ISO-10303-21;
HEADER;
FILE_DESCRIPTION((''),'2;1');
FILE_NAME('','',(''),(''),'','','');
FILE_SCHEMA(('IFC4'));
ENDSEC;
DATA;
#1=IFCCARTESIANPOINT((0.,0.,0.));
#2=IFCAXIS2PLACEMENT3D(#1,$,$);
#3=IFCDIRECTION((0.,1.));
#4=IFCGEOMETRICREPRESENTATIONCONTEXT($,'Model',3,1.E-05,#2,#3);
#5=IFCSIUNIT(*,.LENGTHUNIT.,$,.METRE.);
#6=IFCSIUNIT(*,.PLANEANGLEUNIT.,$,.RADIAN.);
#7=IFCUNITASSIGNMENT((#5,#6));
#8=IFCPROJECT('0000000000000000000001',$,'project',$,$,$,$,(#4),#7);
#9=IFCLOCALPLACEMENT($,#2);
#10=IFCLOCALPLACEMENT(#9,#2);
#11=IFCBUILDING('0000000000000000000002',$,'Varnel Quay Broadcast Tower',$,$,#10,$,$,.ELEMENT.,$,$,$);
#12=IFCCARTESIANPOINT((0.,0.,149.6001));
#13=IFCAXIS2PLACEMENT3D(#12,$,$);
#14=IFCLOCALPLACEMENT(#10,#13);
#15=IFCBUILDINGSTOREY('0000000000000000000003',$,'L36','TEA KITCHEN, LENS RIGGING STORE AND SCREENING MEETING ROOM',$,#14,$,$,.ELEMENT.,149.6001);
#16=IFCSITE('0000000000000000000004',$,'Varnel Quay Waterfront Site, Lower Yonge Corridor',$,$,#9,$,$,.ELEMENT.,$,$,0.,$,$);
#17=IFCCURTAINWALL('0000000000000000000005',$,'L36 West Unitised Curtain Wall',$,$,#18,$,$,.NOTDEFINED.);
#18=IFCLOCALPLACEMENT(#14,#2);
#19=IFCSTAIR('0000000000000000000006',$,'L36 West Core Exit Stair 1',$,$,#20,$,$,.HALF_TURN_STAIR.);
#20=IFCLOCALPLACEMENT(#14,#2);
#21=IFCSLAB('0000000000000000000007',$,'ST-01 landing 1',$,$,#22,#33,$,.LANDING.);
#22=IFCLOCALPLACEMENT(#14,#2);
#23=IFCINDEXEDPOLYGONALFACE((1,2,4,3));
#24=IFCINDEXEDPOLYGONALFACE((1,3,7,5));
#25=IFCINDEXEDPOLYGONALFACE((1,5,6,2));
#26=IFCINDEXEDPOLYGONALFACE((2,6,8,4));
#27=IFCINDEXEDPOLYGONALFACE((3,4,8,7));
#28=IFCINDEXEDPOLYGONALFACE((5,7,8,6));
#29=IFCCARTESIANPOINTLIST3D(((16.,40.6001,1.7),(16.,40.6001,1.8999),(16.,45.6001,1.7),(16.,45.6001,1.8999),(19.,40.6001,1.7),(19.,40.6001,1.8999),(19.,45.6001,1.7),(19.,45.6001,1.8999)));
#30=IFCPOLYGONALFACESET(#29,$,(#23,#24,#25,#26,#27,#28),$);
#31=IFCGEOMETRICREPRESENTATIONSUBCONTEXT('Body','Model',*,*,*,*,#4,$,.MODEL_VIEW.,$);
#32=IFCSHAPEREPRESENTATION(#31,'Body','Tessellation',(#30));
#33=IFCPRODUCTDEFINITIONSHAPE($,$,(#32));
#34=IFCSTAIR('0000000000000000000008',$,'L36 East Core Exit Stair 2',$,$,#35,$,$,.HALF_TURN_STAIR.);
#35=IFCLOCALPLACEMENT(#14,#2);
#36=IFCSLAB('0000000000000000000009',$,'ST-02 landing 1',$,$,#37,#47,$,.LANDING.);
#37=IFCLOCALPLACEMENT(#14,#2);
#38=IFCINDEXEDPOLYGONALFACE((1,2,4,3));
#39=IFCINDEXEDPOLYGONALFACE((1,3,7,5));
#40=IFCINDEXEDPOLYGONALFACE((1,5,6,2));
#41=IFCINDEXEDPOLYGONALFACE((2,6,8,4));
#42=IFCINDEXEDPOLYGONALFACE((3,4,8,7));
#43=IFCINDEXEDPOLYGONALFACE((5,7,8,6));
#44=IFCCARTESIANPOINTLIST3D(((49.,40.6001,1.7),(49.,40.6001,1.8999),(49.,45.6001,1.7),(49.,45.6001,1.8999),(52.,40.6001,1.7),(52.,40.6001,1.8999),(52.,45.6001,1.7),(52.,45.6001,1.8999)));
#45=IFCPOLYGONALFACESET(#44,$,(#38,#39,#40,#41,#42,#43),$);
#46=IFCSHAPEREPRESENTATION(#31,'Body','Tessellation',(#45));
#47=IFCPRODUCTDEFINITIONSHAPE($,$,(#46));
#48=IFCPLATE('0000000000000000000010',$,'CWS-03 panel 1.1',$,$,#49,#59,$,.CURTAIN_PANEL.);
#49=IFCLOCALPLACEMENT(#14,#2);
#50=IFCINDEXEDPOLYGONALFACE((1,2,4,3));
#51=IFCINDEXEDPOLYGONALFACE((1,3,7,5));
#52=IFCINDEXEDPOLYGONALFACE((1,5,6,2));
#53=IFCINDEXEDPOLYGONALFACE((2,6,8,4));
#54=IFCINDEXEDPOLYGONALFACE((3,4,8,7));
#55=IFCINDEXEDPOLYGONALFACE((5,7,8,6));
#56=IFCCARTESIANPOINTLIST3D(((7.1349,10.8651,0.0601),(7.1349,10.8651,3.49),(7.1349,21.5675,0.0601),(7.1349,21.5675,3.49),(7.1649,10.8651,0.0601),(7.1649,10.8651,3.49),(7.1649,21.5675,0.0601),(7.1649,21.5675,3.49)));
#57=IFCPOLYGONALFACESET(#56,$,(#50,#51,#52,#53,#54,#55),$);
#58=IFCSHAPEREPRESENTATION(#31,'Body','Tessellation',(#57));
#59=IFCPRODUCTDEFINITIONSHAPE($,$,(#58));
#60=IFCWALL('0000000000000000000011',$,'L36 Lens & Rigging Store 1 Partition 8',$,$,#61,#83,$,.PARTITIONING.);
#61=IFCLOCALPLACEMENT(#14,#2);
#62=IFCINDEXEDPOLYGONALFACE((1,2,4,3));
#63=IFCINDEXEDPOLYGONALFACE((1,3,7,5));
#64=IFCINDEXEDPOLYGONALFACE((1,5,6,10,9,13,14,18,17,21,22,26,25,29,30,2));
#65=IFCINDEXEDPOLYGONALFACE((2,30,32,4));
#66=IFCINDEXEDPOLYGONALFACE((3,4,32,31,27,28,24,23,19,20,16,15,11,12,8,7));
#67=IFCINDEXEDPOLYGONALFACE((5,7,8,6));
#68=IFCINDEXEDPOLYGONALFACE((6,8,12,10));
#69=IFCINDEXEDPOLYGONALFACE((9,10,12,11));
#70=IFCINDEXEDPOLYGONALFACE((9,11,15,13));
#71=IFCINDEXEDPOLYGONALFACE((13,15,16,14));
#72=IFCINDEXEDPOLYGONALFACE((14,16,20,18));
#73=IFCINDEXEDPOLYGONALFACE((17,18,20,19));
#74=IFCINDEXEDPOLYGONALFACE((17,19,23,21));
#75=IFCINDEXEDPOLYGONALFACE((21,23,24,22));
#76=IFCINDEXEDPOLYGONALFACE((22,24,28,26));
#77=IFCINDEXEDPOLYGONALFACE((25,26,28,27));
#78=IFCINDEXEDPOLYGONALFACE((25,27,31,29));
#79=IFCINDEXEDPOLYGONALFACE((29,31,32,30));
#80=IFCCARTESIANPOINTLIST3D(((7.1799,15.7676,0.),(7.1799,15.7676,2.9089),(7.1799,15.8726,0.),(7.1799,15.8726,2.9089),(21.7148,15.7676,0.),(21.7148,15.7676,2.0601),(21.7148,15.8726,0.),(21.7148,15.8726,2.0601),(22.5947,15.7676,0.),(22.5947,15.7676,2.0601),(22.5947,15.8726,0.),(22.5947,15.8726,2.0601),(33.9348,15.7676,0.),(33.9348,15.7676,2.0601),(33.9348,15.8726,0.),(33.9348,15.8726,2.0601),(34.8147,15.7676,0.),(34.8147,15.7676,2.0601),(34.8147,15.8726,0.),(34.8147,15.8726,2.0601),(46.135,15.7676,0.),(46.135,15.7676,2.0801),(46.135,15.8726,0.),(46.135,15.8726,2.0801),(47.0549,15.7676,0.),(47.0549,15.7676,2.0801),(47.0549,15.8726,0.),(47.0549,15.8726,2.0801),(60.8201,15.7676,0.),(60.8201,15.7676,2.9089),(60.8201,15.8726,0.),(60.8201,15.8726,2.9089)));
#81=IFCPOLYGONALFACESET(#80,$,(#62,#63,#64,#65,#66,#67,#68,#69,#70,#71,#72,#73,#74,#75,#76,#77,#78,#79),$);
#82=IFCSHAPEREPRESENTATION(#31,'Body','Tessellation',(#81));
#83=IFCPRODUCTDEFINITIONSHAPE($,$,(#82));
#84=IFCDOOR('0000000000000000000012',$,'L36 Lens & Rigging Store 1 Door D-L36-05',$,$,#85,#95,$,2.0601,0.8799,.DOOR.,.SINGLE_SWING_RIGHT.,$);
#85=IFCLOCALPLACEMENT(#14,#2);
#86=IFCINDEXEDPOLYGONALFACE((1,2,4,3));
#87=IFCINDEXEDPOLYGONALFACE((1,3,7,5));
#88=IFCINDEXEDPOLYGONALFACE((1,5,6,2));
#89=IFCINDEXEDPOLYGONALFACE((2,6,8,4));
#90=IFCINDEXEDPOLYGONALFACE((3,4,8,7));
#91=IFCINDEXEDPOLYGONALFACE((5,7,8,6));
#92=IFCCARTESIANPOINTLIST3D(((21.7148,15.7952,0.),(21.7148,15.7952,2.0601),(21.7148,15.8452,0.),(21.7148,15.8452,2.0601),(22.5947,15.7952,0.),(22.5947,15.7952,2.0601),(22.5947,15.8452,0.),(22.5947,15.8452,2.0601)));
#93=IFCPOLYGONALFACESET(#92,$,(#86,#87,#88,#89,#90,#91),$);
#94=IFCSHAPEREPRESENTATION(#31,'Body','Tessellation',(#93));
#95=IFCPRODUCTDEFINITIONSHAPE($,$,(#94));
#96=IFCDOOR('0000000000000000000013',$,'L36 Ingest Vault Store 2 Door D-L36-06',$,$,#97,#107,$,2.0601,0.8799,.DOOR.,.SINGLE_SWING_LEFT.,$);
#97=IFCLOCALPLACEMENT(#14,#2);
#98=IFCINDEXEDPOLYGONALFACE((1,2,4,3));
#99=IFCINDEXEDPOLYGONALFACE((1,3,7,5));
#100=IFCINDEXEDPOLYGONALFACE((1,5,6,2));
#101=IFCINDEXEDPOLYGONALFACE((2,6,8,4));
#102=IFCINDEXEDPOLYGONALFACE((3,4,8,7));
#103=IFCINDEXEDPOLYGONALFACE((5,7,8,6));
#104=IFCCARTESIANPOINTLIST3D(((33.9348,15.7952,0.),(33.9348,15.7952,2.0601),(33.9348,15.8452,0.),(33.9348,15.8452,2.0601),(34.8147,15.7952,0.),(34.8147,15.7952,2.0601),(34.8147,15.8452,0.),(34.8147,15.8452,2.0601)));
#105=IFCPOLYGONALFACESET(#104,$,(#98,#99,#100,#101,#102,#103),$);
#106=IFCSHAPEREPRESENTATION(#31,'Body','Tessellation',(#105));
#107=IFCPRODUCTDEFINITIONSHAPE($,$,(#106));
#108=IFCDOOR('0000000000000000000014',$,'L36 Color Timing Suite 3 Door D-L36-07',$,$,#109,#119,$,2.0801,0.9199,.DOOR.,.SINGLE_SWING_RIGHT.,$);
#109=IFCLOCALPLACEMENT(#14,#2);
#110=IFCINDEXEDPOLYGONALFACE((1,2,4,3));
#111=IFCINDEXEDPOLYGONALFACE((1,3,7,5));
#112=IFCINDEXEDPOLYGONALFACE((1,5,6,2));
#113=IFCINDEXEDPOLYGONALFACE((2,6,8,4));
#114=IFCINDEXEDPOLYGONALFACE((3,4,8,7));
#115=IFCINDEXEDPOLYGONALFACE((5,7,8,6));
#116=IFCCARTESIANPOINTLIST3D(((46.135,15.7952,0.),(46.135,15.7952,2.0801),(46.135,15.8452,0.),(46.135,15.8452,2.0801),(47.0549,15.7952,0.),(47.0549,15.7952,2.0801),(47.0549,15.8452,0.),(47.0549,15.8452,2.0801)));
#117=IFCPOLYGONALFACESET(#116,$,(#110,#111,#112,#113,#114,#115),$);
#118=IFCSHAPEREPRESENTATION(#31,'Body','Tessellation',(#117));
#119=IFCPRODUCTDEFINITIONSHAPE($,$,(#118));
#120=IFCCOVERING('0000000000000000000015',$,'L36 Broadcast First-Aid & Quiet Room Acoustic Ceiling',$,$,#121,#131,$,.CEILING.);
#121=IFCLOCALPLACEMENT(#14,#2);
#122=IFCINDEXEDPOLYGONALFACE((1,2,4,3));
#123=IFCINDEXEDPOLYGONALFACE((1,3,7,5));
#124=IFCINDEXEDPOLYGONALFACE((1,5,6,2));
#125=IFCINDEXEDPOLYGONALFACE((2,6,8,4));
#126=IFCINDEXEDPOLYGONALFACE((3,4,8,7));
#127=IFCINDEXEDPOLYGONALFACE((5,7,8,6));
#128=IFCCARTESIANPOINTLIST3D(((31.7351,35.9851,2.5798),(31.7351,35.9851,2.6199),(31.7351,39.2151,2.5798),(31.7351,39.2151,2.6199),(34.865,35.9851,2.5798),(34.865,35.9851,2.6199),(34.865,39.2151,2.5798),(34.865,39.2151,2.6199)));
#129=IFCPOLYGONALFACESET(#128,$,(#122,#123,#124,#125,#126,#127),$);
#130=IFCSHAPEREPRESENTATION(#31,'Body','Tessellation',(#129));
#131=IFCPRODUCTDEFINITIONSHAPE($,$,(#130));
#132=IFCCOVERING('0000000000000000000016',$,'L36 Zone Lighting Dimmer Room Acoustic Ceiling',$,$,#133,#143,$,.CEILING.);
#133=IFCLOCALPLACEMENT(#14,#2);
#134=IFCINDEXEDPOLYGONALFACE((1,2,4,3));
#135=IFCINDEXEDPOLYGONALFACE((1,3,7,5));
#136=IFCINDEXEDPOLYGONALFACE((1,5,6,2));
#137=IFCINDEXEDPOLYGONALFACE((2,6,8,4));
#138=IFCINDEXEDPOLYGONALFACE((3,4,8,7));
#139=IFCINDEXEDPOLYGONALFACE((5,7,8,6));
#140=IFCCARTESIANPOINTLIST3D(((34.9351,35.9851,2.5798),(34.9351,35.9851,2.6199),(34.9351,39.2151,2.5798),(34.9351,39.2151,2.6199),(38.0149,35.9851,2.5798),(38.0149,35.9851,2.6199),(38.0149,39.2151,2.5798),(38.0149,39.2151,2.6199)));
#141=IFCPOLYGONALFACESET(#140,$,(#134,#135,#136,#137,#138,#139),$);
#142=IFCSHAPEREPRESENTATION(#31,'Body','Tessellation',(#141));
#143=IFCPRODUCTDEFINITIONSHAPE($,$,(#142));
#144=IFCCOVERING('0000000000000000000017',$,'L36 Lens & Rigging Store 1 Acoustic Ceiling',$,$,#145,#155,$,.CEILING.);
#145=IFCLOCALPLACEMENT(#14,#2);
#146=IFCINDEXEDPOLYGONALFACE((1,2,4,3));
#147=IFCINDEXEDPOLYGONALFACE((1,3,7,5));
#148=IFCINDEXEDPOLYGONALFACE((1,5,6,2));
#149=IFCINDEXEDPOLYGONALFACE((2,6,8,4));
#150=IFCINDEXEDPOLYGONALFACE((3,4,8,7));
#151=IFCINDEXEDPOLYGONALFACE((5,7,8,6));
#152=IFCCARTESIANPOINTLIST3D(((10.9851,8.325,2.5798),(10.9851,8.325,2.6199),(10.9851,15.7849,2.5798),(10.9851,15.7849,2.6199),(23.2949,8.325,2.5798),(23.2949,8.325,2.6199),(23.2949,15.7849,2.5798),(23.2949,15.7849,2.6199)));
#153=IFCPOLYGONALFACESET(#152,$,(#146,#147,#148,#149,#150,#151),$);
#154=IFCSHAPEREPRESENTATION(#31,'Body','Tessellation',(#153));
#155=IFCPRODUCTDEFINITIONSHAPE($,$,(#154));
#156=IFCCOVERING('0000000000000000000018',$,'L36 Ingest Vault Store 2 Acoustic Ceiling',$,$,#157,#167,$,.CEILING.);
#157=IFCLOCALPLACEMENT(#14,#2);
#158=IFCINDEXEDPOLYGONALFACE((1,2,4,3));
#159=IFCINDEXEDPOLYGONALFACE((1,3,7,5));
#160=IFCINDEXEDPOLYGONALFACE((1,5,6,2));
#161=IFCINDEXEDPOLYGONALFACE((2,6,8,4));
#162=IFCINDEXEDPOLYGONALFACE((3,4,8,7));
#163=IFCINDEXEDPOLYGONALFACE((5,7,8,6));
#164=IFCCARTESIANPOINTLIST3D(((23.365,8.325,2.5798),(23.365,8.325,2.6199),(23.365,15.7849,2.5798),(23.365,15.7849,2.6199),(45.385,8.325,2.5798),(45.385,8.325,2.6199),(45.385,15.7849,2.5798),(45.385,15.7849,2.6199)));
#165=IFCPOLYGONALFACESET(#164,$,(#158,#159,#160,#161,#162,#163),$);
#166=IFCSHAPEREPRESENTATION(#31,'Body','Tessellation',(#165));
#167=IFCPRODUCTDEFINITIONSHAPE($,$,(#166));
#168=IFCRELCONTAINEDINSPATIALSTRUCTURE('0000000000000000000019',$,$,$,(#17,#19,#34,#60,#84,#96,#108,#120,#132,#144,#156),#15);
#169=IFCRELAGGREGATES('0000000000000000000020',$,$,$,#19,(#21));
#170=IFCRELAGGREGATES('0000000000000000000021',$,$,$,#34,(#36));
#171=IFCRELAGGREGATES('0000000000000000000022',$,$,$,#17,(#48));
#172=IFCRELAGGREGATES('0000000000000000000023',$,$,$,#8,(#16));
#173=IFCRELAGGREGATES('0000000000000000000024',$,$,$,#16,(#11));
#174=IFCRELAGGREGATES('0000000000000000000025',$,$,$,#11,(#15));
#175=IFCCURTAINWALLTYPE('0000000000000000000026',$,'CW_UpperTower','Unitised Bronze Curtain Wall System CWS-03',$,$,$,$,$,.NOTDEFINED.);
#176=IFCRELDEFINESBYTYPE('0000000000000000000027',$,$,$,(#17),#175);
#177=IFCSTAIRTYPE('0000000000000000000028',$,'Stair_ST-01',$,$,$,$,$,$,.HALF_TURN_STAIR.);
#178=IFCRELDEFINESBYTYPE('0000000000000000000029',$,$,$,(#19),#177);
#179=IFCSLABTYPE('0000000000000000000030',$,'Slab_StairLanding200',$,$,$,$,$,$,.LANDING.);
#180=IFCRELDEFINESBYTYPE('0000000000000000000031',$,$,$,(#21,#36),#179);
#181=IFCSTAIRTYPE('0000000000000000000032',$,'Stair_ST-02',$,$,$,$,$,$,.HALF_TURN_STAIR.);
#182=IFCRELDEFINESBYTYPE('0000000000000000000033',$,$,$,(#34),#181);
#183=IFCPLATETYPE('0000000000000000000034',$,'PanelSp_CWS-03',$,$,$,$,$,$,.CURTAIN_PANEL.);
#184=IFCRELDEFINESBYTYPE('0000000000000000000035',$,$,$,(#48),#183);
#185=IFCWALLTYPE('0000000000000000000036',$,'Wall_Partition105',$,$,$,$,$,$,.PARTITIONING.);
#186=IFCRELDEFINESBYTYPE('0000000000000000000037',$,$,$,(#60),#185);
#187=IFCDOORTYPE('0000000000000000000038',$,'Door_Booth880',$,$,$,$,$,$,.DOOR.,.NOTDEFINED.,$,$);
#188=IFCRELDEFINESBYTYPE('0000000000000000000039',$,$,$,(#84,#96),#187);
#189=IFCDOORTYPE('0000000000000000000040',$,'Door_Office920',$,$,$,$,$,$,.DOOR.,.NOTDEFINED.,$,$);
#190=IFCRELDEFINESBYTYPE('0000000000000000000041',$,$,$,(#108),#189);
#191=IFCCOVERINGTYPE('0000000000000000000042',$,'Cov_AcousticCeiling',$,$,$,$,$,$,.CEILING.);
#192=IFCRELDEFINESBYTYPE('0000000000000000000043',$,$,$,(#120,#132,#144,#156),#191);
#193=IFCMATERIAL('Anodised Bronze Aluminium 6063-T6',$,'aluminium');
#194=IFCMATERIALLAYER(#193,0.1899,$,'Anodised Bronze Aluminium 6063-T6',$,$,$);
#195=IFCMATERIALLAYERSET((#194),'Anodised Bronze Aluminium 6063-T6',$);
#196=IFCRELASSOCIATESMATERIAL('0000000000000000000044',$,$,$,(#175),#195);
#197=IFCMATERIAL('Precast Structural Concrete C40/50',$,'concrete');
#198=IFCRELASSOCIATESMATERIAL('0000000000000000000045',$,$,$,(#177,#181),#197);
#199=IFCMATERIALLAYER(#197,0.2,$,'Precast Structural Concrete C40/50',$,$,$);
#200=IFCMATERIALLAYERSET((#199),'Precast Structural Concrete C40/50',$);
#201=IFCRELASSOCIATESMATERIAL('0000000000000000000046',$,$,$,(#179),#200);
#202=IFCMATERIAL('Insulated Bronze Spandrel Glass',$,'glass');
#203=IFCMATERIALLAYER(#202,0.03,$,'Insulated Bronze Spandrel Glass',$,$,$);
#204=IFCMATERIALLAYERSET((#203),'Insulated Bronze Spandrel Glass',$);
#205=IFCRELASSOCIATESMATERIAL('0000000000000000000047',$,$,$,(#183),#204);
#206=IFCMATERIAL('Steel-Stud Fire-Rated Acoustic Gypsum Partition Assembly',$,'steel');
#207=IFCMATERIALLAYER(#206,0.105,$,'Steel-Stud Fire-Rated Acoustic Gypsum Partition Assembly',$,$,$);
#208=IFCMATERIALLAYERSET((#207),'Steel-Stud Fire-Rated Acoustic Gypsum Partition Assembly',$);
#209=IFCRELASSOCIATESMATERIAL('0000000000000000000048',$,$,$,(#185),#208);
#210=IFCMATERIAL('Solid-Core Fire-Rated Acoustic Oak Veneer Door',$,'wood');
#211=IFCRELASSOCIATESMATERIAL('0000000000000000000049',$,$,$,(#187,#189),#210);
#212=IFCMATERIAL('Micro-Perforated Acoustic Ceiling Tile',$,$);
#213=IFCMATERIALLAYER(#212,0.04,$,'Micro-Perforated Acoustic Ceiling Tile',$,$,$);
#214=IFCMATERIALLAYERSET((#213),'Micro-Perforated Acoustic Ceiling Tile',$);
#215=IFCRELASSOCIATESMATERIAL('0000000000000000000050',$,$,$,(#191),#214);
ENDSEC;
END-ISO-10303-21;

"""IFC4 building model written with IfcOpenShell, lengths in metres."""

from ifc_helpers import new_model, si_unit, direction, frame, frame_2d, origin, origin_2d, place, context, subcontext, project, spatial, polyline, rectangle, outline, extrude, source, transform, mapped, material, layer, layer_set, type_object, type_shapes, element, fill, aggregate, save


model = new_model("IFC4")

# Units and contexts
model_context = context("Model", 3, precision=1e-05, world=origin(), true_north=direction((0.0, 1.0)))
body_context = subcontext(model_context, "Body", "Model", "MODEL_VIEW")
ifc_project = project(units=[si_unit("LENGTHUNIT", "METRE"), si_unit("PLANEANGLEUNIT", "RADIAN")], contexts=[model_context])

# Site, building, storey
site_placement = place(None, origin())
site = spatial("IfcSite", under=ifc_project, at=site_placement, Name="Varnel Quay Waterfront Site, Lower Yonge Corridor", CompositionType="ELEMENT", RefElevation=0.0)
building_placement = place(site_placement, origin())
building = spatial("IfcBuilding", under=site, at=building_placement, Name="Varnel Quay Broadcast Tower", CompositionType="ELEMENT")
storey_placement = place(building_placement, frame((0.0, 0.0, 149.6001)))
storey = spatial("IfcBuildingStorey", under=building, at=storey_placement, Name="L36", Description="TEA KITCHEN, LENS RIGGING STORE AND SCREENING MEETING ROOM", CompositionType="ELEMENT", Elevation=149.6001)

# Curtain wall
ifc_material_1 = material(Name="Anodised Bronze Aluminium 6063-T6", Category="aluminium")
ifc_layer_1 = layer(ifc_material_1, 0.1899, Name="Anodised Bronze Aluminium 6063-T6")
ifc_layer_set_1 = layer_set([ifc_layer_1], Name="Anodised Bronze Aluminium 6063-T6")
curtain_wall_type_1 = type_object("IfcCurtainWallType", Name="CW_UpperTower", Description="Unitised Bronze Curtain Wall System CWS-03", PredefinedType="NOTDEFINED", material=ifc_layer_set_1)
curtain_wall_1_placement = place(storey_placement, origin())
curtain_wall_1 = element("IfcCurtainWall", 1, at=curtain_wall_1_placement, inside=storey, type_object=curtain_wall_type_1, Name="L36 West Unitised Curtain Wall", PredefinedType="NOTDEFINED")

# Stairs, slabs
ifc_material_2 = material(Name="Precast Structural Concrete C40/50", Category="concrete")
stair_type_1 = type_object("IfcStairType", Name="Stair_ST-01", PredefinedType="HALF_TURN_STAIR", material=ifc_material_2)
stair_1_placement = place(storey_placement, origin())
stair_1 = element("IfcStair", 2, at=stair_1_placement, inside=storey, type_object=stair_type_1, Name="L36 West Core Exit Stair 1", PredefinedType="HALF_TURN_STAIR")
ifc_layer_2 = layer(ifc_material_2, 0.2, Name="Precast Structural Concrete C40/50")
ifc_layer_set_2 = layer_set([ifc_layer_2], Name="Precast Structural Concrete C40/50")
slab_type_1 = type_object("IfcSlabType", Name="Slab_StairLanding200", PredefinedType="LANDING", material=ifc_layer_set_2)
slab_1_placement = place(storey_placement, frame((0.0, 0.0, 1.7)))
slab_1 = element("IfcSlab", 3, at=slab_1_placement, type_object=slab_type_1, Name="ST-01 landing 1", PredefinedType="LANDING", context=body_context, shape_type="SweptSolid", body=[
    extrude(outline(polyline([(19.0, 40.6001), (19.0, 45.6001), (16.0, 45.6001), (16.0, 40.6001), (19.0, 40.6001)])), origin(), (0.0, 0.0, 1.0), 0.2),
])
aggregate(stair_1, [slab_1])
stair_type_2 = type_object("IfcStairType", Name="Stair_ST-02", PredefinedType="HALF_TURN_STAIR", material=ifc_material_2)
stair_2_placement = place(storey_placement, origin())
stair_2 = element("IfcStair", 4, at=stair_2_placement, inside=storey, type_object=stair_type_2, Name="L36 East Core Exit Stair 2", PredefinedType="HALF_TURN_STAIR")
slab_2_placement = place(storey_placement, frame((0.0, 0.0, 1.7)))
slab_2 = element("IfcSlab", 5, at=slab_2_placement, type_object=slab_type_1, Name="ST-02 landing 1", PredefinedType="LANDING", context=body_context, shape_type="SweptSolid", body=[
    extrude(outline(polyline([(52.0, 40.6001), (52.0, 45.6001), (49.0, 45.6001), (49.0, 40.6001), (52.0, 40.6001)])), origin(), (0.0, 0.0, 1.0), 0.2),
])
aggregate(stair_2, [slab_2])

# Plate
ifc_material_3 = material(Name="Insulated Bronze Spandrel Glass", Category="glass")
ifc_layer_3 = layer(ifc_material_3, 0.03, Name="Insulated Bronze Spandrel Glass")
ifc_layer_set_3 = layer_set([ifc_layer_3], Name="Insulated Bronze Spandrel Glass")
plate_type = type_object("IfcPlateType", Name="PanelSp_CWS-03", PredefinedType="CURTAIN_PANEL", material=ifc_layer_set_3)
shared_shape_1 = source(origin(), body_context, "Body", "SweptSolid", [
    extrude(rectangle(XDim=10.7024, YDim=0.03, at=origin_2d()), origin(), (0.0, 0.0, 1.0), 3.4299),
])
type_shapes(plate_type, [shared_shape_1])
plate_placement = place(storey_placement, frame((7.1499, 16.2163, 0.0601), z_axis=(0.0, 0.0, 1.0), x_axis=(0.0, 1.0, 0.0)))
plate = element("IfcPlate", 6, at=plate_placement, type_object=plate_type, Name="CWS-03 panel 1.1", PredefinedType="CURTAIN_PANEL", context=body_context, shape_type="MappedRepresentation", body=[
    mapped(shared_shape_1, transform((0.0, 0.0, 0.0), x_axis=(1.0, 0.0, 0.0), y_axis=(0.0, 1.0, 0.0), z_axis=(0.0, 0.0, 1.0), scale=1.0)),
])
aggregate(curtain_wall_1, [plate])

# Wall, openings, doors
ifc_material_4 = material(Name="Steel-Stud Fire-Rated Acoustic Gypsum Partition Assembly", Category="steel")
ifc_layer_4 = layer(ifc_material_4, 0.105, Name="Steel-Stud Fire-Rated Acoustic Gypsum Partition Assembly")
ifc_layer_set_4 = layer_set([ifc_layer_4], Name="Steel-Stud Fire-Rated Acoustic Gypsum Partition Assembly")
wall_type = type_object("IfcWallType", Name="Wall_Partition105", PredefinedType="PARTITIONING", material=ifc_layer_set_4)
wall_placement = place(storey_placement, frame((7.1799, 15.8201, 0.0), z_axis=(0.0, 0.0, 1.0), x_axis=(1.0, 0.0, 0.0)))
wall = element("IfcWall", 7, at=wall_placement, inside=storey, type_object=wall_type, Name="L36 Lens & Rigging Store 1 Partition 8", PredefinedType="PARTITIONING", context=body_context, shape_type="SweptSolid", body=[
    extrude(rectangle(XDim=53.6401, YDim=0.105, at=frame_2d((26.8201, 0.0))), origin(), (0.0, 0.0, 1.0), 2.9089),
])
opening_1_placement = place(wall_placement, frame((14.5349, 0.0, 0.0)))
opening_1 = element("IfcOpeningElement", 8, at=opening_1_placement, cuts=wall, PredefinedType="OPENING", context=body_context, shape_type="SweptSolid", body=[
    extrude(rectangle(XDim=0.8799, YDim=2.0601, at=frame_2d((0.4399, 1.03))), frame((0.0, 0.0625, 0.0), z_axis=(0.0, -1.0, 0.0), x_axis=(1.0, 0.0, 0.0)), (0.0, 0.0, 1.0), 0.125),
])
opening_2_placement = place(wall_placement, frame((26.7549, 0.0, 0.0)))
opening_2 = element("IfcOpeningElement", 9, at=opening_2_placement, cuts=wall, PredefinedType="OPENING", context=body_context, shape_type="SweptSolid", body=[
    extrude(rectangle(XDim=0.8799, YDim=2.0601, at=frame_2d((0.4399, 1.03))), frame((0.0, 0.0625, 0.0), z_axis=(0.0, -1.0, 0.0), x_axis=(1.0, 0.0, 0.0)), (0.0, 0.0, 1.0), 0.125),
])
opening_3_placement = place(wall_placement, frame((38.9551, 0.0, 0.0)))
opening_3 = element("IfcOpeningElement", 10, at=opening_3_placement, cuts=wall, PredefinedType="OPENING", context=body_context, shape_type="SweptSolid", body=[
    extrude(rectangle(XDim=0.9199, YDim=2.0801, at=frame_2d((0.46, 1.04))), frame((0.0, 0.0625, 0.0), z_axis=(0.0, -1.0, 0.0), x_axis=(1.0, 0.0, 0.0)), (0.0, 0.0, 1.0), 0.125),
])
ifc_material_5 = material(Name="Solid-Core Fire-Rated Acoustic Oak Veneer Door", Category="wood")
door_type_1 = type_object("IfcDoorType", Name="Door_Booth880", OperationType="NOTDEFINED", PredefinedType="DOOR", material=ifc_material_5)
shared_shape_2 = source(origin(), body_context, "Body", "SweptSolid", [
    extrude(rectangle(XDim=0.8799, YDim=2.0601, at=frame_2d((0.4399, 1.03))), frame((0.0, 0.0249, 0.0), z_axis=(0.0, -1.0, 0.0), x_axis=(1.0, 0.0, 0.0)), (0.0, 0.0, 1.0), 0.05),
])
type_shapes(door_type_1, [shared_shape_2])
door_1_placement = place(opening_1_placement, frame((0.8799, 0.0, 0.0), z_axis=(0.0, 0.0, 1.0), x_axis=(-1.0, 0.0, 0.0)))
door_1 = element("IfcDoor", 11, at=door_1_placement, inside=storey, type_object=door_type_1, Name="L36 Lens & Rigging Store 1 Door D-L36-05", OperationType="SINGLE_SWING_RIGHT", OverallHeight=2.0601, OverallWidth=0.8799, PredefinedType="DOOR", context=body_context, shape_type="MappedRepresentation", body=[
    mapped(shared_shape_2, transform((0.0, 0.0, 0.0), x_axis=(1.0, 0.0, 0.0), y_axis=(0.0, 1.0, 0.0), z_axis=(0.0, 0.0, 1.0), scale=1.0)),
])
fill(opening_1, door_1)
door_2_placement = place(opening_2_placement, frame((0.8799, 0.0, 0.0), z_axis=(0.0, 0.0, 1.0), x_axis=(-1.0, 0.0, 0.0)))
door_2 = element("IfcDoor", 12, at=door_2_placement, inside=storey, type_object=door_type_1, Name="L36 Ingest Vault Store 2 Door D-L36-06", OperationType="SINGLE_SWING_LEFT", OverallHeight=2.0601, OverallWidth=0.8799, PredefinedType="DOOR", context=body_context, shape_type="MappedRepresentation", body=[
    mapped(shared_shape_2, transform((0.0, 0.0, 0.0), x_axis=(1.0, 0.0, 0.0), y_axis=(0.0, 1.0, 0.0), z_axis=(0.0, 0.0, 1.0), scale=1.0)),
])
fill(opening_2, door_2)
door_type_2 = type_object("IfcDoorType", Name="Door_Office920", OperationType="NOTDEFINED", PredefinedType="DOOR", material=ifc_material_5)
shared_shape_3 = source(origin(), body_context, "Body", "SweptSolid", [
    extrude(rectangle(XDim=0.9199, YDim=2.0801, at=frame_2d((0.46, 1.04))), frame((0.0, 0.0249, 0.0), z_axis=(0.0, -1.0, 0.0), x_axis=(1.0, 0.0, 0.0)), (0.0, 0.0, 1.0), 0.05),
])
type_shapes(door_type_2, [shared_shape_3])
door_3_placement = place(opening_3_placement, frame((0.9199, 0.0, 0.0), z_axis=(0.0, 0.0, 1.0), x_axis=(-1.0, 0.0, 0.0)))
door_3 = element("IfcDoor", 13, at=door_3_placement, inside=storey, type_object=door_type_2, Name="L36 Color Timing Suite 3 Door D-L36-07", OperationType="SINGLE_SWING_RIGHT", OverallHeight=2.0801, OverallWidth=0.9199, PredefinedType="DOOR", context=body_context, shape_type="MappedRepresentation", body=[
    mapped(shared_shape_3, transform((0.0, 0.0, 0.0), x_axis=(1.0, 0.0, 0.0), y_axis=(0.0, 1.0, 0.0), z_axis=(0.0, 0.0, 1.0), scale=1.0)),
])
fill(opening_3, door_3)

# Coverings
ifc_material_6 = material(Name="Micro-Perforated Acoustic Ceiling Tile")
ifc_layer_5 = layer(ifc_material_6, 0.04, Name="Micro-Perforated Acoustic Ceiling Tile")
ifc_layer_set_5 = layer_set([ifc_layer_5], Name="Micro-Perforated Acoustic Ceiling Tile")
covering_type_1 = type_object("IfcCoveringType", Name="Cov_AcousticCeiling", PredefinedType="CEILING", material=ifc_layer_set_5)
covering_1_placement = place(storey_placement, frame((0.0, 0.0, 2.5798)))
element("IfcCovering", 14, at=covering_1_placement, inside=storey, type_object=covering_type_1, Name="L36 Broadcast First-Aid & Quiet Room Acoustic Ceiling", PredefinedType="CEILING", context=body_context, shape_type="SweptSolid", body=[
    extrude(outline(polyline([(31.7351, 35.9851), (34.865, 35.9851), (34.865, 39.2151), (31.7351, 39.2151), (31.7351, 35.9851)])), origin(), (0.0, 0.0, 1.0), 0.04),
])
covering_2_placement = place(storey_placement, frame((0.0, 0.0, 2.5798)))
element("IfcCovering", 15, at=covering_2_placement, inside=storey, type_object=covering_type_1, Name="L36 Zone Lighting Dimmer Room Acoustic Ceiling", PredefinedType="CEILING", context=body_context, shape_type="SweptSolid", body=[
    extrude(outline(polyline([(34.9351, 35.9851), (38.0149, 35.9851), (38.0149, 39.2151), (34.9351, 39.2151), (34.9351, 35.9851)])), origin(), (0.0, 0.0, 1.0), 0.04),
])
covering_3_placement = place(storey_placement, frame((0.0, 0.0, 2.5798)))
element("IfcCovering", 16, at=covering_3_placement, inside=storey, type_object=covering_type_1, Name="L36 Lens & Rigging Store 1 Acoustic Ceiling", PredefinedType="CEILING", context=body_context, shape_type="SweptSolid", body=[
    extrude(outline(polyline([(10.9851, 8.325), (23.2949, 8.325), (23.2949, 15.7849), (10.9851, 15.7849), (10.9851, 8.325)])), origin(), (0.0, 0.0, 1.0), 0.04),
])
covering_4_placement = place(storey_placement, frame((0.0, 0.0, 2.5798)))
element("IfcCovering", 17, at=covering_4_placement, inside=storey, type_object=covering_type_1, Name="L36 Ingest Vault Store 2 Acoustic Ceiling", PredefinedType="CEILING", context=body_context, shape_type="SweptSolid", body=[
    extrude(outline(polyline([(23.365, 8.325), (45.385, 8.325), (45.385, 15.7849), (23.365, 15.7849), (23.365, 8.325)])), origin(), (0.0, 0.0, 1.0), 0.04),
])

save(model, "model.ifc")
